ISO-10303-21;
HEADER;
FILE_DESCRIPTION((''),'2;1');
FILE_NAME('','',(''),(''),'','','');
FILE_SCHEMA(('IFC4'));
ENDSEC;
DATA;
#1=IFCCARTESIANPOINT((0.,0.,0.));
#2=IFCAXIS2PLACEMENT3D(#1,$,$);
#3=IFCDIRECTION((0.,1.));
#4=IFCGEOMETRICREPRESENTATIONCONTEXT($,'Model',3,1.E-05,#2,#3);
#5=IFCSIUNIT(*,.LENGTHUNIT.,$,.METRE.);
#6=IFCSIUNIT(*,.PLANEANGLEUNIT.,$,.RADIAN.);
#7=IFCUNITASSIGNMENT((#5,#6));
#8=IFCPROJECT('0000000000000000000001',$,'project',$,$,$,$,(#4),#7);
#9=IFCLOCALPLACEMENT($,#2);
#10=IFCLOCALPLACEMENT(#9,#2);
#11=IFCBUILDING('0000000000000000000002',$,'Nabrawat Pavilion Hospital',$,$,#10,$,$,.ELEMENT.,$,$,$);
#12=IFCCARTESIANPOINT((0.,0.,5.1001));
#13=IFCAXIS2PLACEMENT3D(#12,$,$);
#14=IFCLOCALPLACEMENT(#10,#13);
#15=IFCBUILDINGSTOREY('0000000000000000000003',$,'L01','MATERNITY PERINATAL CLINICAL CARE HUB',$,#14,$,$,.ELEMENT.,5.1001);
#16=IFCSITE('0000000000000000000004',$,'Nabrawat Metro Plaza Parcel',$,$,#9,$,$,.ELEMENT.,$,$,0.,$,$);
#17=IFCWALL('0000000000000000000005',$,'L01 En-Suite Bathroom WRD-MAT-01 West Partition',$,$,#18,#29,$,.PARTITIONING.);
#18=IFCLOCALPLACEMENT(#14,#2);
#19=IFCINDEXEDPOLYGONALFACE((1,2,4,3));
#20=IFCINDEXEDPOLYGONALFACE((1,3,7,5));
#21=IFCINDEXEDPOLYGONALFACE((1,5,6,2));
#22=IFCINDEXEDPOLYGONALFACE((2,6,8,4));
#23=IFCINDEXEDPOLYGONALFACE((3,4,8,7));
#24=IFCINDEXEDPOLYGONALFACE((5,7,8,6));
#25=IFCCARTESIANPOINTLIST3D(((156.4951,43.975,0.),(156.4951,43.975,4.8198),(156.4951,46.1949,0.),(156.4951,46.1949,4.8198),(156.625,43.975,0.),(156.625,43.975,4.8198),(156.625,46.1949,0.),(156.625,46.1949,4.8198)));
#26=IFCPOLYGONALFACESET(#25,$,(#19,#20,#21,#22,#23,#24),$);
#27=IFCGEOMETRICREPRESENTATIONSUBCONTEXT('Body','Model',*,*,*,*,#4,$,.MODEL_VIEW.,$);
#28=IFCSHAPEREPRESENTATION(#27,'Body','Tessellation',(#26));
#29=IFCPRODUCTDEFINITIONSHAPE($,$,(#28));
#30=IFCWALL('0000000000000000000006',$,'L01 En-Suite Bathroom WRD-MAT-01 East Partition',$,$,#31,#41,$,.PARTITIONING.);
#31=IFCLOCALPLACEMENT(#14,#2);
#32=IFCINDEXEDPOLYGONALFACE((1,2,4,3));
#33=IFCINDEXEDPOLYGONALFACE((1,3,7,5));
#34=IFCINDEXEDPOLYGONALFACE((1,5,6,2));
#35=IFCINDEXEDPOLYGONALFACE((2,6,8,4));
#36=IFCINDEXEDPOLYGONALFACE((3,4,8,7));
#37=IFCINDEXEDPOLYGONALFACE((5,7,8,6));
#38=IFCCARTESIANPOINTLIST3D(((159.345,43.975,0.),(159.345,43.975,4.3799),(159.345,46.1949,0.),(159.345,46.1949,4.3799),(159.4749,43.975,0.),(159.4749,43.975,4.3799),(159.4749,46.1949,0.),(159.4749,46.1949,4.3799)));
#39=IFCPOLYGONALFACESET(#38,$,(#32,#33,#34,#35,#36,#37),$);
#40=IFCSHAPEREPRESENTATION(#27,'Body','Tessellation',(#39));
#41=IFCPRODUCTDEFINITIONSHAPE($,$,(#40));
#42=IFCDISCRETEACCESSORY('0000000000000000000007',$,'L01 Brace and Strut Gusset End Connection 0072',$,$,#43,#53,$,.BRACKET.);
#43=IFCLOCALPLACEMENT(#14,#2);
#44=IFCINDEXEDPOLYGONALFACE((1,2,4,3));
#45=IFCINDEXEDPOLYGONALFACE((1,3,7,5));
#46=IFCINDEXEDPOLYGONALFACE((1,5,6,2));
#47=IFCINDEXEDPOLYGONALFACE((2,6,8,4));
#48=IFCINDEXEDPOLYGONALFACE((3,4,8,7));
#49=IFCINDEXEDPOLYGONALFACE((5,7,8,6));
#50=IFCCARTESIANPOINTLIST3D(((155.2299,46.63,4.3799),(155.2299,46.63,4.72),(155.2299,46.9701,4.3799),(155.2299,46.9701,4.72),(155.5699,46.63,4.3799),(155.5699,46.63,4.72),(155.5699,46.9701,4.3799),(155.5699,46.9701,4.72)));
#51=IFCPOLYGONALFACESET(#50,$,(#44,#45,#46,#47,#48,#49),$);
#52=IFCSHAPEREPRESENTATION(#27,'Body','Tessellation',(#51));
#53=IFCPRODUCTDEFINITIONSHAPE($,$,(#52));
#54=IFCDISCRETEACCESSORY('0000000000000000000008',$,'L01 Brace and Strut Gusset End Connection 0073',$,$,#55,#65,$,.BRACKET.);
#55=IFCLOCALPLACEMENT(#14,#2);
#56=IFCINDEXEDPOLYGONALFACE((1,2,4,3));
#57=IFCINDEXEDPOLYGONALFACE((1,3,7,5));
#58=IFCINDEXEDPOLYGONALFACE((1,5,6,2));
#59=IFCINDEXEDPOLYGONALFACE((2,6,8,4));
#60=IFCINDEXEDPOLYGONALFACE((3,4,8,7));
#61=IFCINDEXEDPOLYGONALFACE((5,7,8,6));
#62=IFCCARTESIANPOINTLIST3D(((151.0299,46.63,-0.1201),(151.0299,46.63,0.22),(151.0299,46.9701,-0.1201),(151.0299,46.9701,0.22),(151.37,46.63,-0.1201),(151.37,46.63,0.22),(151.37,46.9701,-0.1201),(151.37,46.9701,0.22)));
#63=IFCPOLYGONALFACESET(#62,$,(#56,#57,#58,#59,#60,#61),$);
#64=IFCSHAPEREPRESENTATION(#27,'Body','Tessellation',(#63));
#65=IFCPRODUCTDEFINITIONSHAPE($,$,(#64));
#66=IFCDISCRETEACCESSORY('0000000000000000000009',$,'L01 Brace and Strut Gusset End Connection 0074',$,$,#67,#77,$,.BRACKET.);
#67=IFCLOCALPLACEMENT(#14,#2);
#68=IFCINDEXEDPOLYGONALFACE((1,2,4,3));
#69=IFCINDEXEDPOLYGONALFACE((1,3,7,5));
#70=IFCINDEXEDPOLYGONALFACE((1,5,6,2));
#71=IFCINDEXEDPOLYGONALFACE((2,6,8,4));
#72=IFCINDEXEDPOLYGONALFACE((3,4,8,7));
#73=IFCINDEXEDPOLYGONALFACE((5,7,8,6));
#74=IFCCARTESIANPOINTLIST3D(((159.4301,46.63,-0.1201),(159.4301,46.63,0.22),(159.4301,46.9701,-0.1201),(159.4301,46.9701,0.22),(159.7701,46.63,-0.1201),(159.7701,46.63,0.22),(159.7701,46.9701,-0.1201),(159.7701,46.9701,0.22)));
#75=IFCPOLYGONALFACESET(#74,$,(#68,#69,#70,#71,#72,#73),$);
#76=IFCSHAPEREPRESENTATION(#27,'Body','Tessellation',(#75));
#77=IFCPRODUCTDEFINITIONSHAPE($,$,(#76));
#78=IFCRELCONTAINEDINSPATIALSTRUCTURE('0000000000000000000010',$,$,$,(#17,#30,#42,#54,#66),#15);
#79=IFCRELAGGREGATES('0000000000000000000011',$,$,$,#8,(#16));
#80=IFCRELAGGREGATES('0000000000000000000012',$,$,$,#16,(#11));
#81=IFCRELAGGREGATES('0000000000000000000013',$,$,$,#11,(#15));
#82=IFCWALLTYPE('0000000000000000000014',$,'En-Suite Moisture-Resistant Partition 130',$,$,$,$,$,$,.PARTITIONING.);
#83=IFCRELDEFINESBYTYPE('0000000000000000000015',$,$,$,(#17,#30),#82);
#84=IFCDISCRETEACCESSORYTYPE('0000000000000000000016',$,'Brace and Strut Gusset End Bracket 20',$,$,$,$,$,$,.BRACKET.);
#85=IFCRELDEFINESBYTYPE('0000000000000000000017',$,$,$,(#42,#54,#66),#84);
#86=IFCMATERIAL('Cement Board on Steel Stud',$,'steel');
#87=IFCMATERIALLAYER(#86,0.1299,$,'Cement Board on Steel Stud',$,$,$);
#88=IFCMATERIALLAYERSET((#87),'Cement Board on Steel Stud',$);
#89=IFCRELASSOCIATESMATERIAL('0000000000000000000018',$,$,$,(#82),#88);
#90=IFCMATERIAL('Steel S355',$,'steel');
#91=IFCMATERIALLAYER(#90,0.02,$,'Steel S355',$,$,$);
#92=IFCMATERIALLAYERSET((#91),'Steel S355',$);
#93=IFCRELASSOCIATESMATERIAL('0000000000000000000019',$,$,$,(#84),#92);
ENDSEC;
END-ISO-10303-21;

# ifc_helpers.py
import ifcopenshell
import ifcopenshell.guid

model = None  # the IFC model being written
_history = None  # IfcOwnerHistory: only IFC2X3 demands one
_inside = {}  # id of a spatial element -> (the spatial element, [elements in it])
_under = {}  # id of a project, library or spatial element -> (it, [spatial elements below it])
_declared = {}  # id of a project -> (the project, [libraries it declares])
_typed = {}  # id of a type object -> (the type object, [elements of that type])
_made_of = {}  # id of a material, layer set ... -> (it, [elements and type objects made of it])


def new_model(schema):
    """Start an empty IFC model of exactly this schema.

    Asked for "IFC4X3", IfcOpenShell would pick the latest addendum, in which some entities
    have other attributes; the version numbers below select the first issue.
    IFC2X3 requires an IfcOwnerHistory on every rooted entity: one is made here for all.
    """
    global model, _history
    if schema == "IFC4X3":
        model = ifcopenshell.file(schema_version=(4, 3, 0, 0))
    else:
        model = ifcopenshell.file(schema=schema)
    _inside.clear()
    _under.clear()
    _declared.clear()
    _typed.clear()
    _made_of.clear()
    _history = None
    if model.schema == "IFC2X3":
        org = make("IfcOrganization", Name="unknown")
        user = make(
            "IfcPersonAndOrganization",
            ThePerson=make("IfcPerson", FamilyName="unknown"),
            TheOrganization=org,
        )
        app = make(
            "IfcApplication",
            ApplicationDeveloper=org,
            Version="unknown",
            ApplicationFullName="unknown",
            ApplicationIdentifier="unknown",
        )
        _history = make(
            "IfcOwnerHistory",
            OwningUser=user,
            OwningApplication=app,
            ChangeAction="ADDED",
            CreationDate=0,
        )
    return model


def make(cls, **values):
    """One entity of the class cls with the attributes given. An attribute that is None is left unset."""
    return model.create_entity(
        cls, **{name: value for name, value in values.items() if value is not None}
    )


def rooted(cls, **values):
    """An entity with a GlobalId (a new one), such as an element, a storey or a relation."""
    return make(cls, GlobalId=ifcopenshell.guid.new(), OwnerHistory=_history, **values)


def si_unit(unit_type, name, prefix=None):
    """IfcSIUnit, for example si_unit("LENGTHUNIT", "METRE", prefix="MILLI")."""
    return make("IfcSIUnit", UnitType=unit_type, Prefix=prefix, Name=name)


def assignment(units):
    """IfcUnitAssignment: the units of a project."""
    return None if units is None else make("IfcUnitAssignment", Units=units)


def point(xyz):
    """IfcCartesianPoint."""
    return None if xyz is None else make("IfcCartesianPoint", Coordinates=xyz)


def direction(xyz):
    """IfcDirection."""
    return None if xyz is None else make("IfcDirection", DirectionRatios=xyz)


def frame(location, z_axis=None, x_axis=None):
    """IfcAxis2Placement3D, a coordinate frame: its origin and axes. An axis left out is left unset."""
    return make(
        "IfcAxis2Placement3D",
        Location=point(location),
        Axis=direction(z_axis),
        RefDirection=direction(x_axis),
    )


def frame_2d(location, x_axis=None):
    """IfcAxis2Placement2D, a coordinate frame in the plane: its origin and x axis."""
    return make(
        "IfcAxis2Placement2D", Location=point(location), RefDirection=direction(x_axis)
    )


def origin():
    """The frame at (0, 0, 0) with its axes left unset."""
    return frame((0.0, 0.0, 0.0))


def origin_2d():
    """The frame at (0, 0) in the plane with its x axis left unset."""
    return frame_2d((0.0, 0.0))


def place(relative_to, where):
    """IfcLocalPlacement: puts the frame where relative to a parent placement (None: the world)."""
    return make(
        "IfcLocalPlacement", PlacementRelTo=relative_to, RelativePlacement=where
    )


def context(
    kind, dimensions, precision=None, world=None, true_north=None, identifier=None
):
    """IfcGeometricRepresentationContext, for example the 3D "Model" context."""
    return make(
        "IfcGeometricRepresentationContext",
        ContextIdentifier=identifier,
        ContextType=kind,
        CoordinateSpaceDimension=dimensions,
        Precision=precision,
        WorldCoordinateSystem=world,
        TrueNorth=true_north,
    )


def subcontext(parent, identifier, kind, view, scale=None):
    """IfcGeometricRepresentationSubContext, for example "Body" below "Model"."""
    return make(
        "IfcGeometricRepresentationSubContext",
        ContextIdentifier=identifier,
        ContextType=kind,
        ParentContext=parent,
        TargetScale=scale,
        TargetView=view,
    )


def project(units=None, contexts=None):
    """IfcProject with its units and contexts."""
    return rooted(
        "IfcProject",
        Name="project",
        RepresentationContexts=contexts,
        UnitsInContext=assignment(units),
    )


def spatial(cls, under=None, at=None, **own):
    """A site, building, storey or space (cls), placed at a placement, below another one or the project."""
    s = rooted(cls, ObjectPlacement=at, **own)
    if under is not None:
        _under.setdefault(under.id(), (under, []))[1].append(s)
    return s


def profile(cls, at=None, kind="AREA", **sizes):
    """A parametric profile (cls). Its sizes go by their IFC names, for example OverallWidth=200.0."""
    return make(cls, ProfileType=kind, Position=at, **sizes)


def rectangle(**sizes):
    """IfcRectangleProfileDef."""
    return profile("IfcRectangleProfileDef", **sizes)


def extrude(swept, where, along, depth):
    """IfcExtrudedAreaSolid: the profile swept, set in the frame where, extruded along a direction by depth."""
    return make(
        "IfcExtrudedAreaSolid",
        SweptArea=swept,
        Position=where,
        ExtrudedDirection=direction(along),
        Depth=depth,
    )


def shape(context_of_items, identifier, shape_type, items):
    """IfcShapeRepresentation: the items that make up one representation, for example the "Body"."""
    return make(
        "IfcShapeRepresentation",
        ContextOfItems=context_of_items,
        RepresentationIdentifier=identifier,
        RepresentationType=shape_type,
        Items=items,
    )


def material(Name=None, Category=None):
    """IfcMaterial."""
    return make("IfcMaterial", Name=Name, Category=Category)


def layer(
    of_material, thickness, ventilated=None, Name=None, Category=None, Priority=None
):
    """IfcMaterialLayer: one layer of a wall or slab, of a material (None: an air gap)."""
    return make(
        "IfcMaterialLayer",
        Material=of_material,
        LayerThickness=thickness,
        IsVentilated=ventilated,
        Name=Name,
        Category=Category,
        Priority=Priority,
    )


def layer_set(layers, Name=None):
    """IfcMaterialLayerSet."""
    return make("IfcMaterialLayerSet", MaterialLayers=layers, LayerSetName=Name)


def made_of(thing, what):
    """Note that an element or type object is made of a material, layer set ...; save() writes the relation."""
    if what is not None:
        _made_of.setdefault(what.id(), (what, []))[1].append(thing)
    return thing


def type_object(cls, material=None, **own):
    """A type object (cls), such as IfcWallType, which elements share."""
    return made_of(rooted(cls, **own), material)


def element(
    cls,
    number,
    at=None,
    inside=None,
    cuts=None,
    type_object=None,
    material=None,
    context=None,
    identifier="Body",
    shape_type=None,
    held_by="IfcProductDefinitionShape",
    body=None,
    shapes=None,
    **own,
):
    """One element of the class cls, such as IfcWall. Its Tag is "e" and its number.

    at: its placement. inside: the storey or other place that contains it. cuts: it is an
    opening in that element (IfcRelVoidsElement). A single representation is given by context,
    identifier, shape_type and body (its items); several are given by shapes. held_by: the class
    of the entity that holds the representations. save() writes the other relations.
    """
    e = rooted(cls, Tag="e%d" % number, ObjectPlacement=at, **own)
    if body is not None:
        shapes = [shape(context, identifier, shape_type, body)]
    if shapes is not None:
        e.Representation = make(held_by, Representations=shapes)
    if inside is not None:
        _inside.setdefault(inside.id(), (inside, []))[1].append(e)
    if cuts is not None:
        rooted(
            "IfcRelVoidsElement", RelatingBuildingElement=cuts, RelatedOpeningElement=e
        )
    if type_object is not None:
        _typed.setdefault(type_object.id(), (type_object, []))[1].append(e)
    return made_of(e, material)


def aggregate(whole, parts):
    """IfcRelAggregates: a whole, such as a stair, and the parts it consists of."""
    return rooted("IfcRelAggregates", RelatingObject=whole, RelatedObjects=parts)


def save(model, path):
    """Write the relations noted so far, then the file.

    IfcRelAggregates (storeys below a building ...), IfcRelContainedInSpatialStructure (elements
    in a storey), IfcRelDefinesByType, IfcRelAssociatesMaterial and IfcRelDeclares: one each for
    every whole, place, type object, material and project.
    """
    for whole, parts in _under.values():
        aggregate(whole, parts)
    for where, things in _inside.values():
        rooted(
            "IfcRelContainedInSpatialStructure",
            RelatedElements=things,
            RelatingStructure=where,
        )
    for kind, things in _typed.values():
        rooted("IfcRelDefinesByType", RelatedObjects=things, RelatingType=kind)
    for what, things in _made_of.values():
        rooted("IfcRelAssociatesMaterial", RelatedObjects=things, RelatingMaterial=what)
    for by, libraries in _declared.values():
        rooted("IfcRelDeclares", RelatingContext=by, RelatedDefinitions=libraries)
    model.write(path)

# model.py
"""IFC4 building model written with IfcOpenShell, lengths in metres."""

from ifc_helpers import new_model, si_unit, direction, frame, frame_2d, origin, origin_2d, place, context, subcontext, project, spatial, rectangle, extrude, material, layer, layer_set, type_object, element, save


model = new_model("IFC4")

# Units and contexts
model_context = context("Model", 3, precision=1e-05, world=origin(), true_north=direction((0.0, 1.0)))
body_context = subcontext(model_context, "Body", "Model", "MODEL_VIEW")
ifc_project = project(units=[si_unit("LENGTHUNIT", "METRE"), si_unit("PLANEANGLEUNIT", "RADIAN")], contexts=[model_context])

# Site, building, storey
site_placement = place(None, origin())
site = spatial("IfcSite", under=ifc_project, at=site_placement, Name="Nabrawat Metro Plaza Parcel", CompositionType="ELEMENT", RefElevation=0.0)
building_placement = place(site_placement, origin())
building = spatial("IfcBuilding", under=site, at=building_placement, Name="Nabrawat Pavilion Hospital", CompositionType="ELEMENT")
storey_placement = place(building_placement, frame((0.0, 0.0, 5.1001)))
storey = spatial("IfcBuildingStorey", under=building, at=storey_placement, Name="L01", Description="MATERNITY PERINATAL CLINICAL CARE HUB", CompositionType="ELEMENT", Elevation=5.1001)

# Shared definitions
ifc_material_1 = material(Name="Steel S355", Category="steel")

# Shared definitions
ifc_material_2 = material(Name="Cement Board on Steel Stud", Category="steel")
ifc_layer_1 = layer(ifc_material_2, 0.1299, Name="Cement Board on Steel Stud")
ifc_layer_set_1 = layer_set([ifc_layer_1], Name="Cement Board on Steel Stud")
wall_type = type_object("IfcWallType", Name="En-Suite Moisture-Resistant Partition 130", PredefinedType="PARTITIONING", material=ifc_layer_set_1)

# Walls
wall_1_placement = place(storey_placement, frame((156.5601, 43.9751, 0.0), z_axis=(0.0, 0.0, 1.0), x_axis=(0.0, 1.0, 0.0)))
element("IfcWall", 1, at=wall_1_placement, inside=storey, type_object=wall_type, Name="L01 En-Suite Bathroom WRD-MAT-01 West Partition", PredefinedType="PARTITIONING", context=body_context, shape_type="SweptSolid", body=[
    extrude(rectangle(XDim=2.22, YDim=0.1299, at=frame_2d((1.1099, 0.0))), origin(), (0.0, 0.0, 1.0), 4.8198),
])
wall_2_placement = place(storey_placement, frame((159.4099, 43.9751, 0.0), z_axis=(0.0, 0.0, 1.0), x_axis=(0.0, 1.0, 0.0)))
element("IfcWall", 2, at=wall_2_placement, inside=storey, type_object=wall_type, Name="L01 En-Suite Bathroom WRD-MAT-01 East Partition", PredefinedType="PARTITIONING", context=body_context, shape_type="SweptSolid", body=[
    extrude(rectangle(XDim=2.22, YDim=0.1299, at=frame_2d((1.1099, 0.0))), origin(), (0.0, 0.0, 1.0), 4.3799),
])

# Discrete accessories
ifc_layer_2 = layer(ifc_material_1, 0.02, Name="Steel S355")
ifc_layer_set_2 = layer_set([ifc_layer_2], Name="Steel S355")
discrete_accessory_type = type_object("IfcDiscreteAccessoryType", Name="Brace and Strut Gusset End Bracket 20", PredefinedType="BRACKET", material=ifc_layer_set_2)
for number, where, z_axis, x_axis, name in (
    (3, (155.3999, 46.8, 4.3799), (0.0, 0.0, 1.0), (1.0, 0.0, 0.0), "L01 Brace and Strut Gusset End Connection 0072"),
    (4, (151.2, 46.8, -0.1201), (0.0, 0.0, 1.0), (1.0, 0.0, 0.0), "L01 Brace and Strut Gusset End Connection 0073"),
    (5, (159.6001, 46.8, -0.1201), (0.0, 0.0, 1.0), (1.0, 0.0, 0.0), "L01 Brace and Strut Gusset End Connection 0074"),
):
    element("IfcDiscreteAccessory", number, at=place(storey_placement, frame(where, z_axis=z_axis, x_axis=x_axis)), inside=storey, type_object=discrete_accessory_type, Name=name, PredefinedType="BRACKET", context=body_context, shape_type="SweptSolid", body=[
        extrude(rectangle(XDim=0.3401, YDim=0.3401, at=origin_2d()), origin(), (0.0, 0.0, 1.0), 0.3401),
    ])

save(model, "model.ifc")
